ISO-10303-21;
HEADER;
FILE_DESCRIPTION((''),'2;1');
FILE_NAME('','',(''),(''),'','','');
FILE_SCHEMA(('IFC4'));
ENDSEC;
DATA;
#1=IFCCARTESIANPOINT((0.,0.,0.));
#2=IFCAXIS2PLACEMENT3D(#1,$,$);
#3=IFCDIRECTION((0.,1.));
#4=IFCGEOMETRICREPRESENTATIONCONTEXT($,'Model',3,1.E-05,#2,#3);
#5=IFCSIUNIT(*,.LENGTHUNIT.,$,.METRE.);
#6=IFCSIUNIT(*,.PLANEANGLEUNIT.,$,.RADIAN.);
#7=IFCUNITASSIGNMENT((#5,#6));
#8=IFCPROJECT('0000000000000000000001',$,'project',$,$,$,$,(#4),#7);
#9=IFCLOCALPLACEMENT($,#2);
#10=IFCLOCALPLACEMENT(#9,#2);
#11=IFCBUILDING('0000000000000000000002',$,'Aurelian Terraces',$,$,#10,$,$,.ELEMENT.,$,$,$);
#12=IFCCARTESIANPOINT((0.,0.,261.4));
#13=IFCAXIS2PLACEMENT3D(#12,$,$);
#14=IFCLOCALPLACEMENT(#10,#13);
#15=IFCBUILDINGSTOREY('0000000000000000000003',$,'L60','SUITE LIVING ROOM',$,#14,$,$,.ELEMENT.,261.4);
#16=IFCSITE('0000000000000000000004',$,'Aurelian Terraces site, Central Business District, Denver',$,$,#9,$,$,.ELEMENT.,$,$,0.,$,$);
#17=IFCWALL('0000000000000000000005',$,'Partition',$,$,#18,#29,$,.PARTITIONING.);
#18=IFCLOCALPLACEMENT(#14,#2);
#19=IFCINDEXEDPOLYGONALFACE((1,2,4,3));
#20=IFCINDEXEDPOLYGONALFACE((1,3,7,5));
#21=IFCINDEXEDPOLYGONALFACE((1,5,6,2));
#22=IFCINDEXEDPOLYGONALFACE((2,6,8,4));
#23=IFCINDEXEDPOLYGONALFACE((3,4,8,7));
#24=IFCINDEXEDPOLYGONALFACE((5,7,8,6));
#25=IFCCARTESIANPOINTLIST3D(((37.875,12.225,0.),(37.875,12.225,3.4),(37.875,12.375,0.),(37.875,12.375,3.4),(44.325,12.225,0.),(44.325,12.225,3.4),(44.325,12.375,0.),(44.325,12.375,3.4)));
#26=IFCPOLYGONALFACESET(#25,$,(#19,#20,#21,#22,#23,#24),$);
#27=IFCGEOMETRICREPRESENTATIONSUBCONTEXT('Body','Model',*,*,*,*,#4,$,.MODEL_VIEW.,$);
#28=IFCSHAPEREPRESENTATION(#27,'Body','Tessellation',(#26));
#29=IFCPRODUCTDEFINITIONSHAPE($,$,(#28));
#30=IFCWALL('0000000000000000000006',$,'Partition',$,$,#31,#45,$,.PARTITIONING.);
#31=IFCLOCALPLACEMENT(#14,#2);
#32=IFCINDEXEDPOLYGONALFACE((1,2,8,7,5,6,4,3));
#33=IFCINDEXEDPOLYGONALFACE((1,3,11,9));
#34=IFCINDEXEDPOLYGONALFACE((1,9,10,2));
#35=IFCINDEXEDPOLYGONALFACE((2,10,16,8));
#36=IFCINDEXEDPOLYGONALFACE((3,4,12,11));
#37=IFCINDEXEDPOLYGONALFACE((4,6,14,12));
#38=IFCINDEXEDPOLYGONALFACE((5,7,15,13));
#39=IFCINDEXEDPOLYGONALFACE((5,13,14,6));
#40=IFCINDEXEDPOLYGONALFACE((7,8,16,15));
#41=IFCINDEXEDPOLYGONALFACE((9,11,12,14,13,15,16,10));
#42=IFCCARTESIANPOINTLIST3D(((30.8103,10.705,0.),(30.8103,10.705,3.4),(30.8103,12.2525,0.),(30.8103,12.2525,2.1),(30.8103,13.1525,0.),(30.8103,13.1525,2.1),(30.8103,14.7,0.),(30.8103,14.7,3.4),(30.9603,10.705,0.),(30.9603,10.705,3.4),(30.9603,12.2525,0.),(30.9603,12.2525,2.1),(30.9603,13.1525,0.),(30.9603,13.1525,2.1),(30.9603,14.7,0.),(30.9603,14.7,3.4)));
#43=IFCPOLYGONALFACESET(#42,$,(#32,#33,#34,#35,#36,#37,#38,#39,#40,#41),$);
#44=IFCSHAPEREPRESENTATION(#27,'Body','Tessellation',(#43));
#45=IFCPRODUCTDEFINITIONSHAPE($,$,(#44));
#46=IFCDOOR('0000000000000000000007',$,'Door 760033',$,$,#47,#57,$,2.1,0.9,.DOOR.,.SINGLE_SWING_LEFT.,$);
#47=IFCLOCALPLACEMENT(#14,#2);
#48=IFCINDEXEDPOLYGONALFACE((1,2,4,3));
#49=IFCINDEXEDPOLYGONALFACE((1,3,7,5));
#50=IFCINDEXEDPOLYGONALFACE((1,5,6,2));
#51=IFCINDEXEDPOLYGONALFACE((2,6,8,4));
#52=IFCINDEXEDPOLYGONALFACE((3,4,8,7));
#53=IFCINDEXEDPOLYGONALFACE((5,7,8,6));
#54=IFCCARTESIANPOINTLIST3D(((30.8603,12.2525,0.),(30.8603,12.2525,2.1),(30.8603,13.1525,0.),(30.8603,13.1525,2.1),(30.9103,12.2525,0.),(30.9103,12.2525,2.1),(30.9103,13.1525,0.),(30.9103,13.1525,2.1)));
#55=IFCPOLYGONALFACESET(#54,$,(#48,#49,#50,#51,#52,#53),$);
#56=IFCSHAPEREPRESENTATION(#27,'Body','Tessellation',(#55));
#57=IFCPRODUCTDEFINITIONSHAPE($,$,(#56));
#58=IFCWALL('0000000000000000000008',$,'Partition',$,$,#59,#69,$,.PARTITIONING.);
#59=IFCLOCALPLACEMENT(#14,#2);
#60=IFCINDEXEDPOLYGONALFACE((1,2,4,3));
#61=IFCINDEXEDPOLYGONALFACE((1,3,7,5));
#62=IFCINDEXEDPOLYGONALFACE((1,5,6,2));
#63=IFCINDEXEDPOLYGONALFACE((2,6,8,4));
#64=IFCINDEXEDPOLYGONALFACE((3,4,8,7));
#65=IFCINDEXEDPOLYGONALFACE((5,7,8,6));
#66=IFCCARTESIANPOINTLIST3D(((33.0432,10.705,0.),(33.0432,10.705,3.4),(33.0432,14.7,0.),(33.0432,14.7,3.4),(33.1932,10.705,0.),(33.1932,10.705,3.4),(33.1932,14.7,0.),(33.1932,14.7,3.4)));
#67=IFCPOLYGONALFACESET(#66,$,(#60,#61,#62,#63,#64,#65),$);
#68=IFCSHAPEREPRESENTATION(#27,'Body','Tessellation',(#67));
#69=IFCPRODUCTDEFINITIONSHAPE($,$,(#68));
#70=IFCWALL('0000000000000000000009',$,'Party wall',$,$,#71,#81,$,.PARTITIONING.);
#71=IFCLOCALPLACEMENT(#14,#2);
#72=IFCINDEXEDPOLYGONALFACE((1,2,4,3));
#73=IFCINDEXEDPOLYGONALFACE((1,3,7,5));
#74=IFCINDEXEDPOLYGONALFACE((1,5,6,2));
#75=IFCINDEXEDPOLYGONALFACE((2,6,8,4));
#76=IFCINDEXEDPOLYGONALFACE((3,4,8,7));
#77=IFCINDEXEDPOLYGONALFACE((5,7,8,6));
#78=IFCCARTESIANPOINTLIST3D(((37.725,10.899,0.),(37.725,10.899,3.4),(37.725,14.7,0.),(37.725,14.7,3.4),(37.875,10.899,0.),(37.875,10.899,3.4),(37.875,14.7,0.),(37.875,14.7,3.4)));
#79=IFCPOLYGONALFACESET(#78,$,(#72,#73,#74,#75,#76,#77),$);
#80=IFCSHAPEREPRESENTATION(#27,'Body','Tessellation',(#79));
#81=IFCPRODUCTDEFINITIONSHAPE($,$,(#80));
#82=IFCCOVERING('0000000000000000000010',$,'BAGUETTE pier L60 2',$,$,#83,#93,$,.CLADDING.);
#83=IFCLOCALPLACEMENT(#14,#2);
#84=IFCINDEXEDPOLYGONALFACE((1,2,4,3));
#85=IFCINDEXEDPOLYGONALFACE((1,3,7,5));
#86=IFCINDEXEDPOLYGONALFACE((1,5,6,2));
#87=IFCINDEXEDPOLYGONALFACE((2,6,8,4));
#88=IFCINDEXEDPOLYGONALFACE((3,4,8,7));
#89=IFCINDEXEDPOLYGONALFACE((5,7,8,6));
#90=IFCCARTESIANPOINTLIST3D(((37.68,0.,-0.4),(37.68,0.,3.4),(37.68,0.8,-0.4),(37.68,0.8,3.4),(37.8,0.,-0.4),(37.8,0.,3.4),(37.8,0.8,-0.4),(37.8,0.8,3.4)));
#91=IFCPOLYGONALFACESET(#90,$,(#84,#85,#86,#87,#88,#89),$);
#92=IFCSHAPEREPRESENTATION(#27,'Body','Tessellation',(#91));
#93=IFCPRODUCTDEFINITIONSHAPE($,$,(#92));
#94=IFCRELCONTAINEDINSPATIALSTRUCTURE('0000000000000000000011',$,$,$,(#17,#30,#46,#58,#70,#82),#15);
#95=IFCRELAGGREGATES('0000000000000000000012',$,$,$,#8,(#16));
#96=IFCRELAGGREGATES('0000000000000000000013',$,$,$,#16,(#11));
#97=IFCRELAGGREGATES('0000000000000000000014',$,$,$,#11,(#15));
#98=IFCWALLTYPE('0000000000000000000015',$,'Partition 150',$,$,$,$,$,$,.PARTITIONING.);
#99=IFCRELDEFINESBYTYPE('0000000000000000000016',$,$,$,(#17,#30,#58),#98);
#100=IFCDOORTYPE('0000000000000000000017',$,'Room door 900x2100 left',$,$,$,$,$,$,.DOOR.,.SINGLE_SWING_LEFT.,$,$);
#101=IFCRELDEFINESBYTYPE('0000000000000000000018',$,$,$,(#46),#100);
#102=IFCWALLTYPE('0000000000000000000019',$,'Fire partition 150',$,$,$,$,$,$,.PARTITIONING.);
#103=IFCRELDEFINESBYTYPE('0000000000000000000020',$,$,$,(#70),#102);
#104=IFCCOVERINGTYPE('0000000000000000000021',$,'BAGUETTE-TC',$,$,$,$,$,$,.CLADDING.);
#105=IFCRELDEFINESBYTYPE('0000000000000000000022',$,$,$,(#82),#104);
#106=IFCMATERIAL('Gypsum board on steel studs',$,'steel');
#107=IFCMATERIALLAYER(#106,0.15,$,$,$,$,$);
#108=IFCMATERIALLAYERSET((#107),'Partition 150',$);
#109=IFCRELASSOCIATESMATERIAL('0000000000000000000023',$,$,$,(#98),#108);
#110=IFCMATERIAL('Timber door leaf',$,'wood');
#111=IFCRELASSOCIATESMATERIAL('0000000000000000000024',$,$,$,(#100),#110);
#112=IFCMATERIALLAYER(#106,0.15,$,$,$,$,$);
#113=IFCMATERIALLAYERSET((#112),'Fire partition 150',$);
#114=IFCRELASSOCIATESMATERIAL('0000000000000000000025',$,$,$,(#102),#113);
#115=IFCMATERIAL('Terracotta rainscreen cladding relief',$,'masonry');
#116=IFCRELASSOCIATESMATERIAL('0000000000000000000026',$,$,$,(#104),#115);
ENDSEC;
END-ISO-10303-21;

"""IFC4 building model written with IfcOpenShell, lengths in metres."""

from ifc_helpers import new_model, si_unit, direction, frame, frame_2d, origin, origin_2d, place, context, subcontext, project, spatial, rectangle, extrude, source, transform, mapped, material, layer, layer_set, type_object, element, fill, save


model = new_model("IFC4")

# Units and contexts
model_context = context("Model", 3, precision=1e-05, world=origin(), true_north=direction((0.0, 1.0)))
body_context = subcontext(model_context, "Body", "Model", "MODEL_VIEW")
ifc_project = project(units=[si_unit("LENGTHUNIT", "METRE"), si_unit("PLANEANGLEUNIT", "RADIAN")], contexts=[model_context])

# Site, building, storey
site_placement = place(None, origin())
site = spatial("IfcSite", under=ifc_project, at=site_placement, Name="Aurelian Terraces site, Central Business District, Denver", CompositionType="ELEMENT", RefElevation=0.0)
building_placement = place(site_placement, origin())
building = spatial("IfcBuilding", under=site, at=building_placement, Name="Aurelian Terraces", CompositionType="ELEMENT")
storey_placement = place(building_placement, frame((0.0, 0.0, 261.4)))
storey = spatial("IfcBuildingStorey", under=building, at=storey_placement, Name="L60", Description="SUITE LIVING ROOM", CompositionType="ELEMENT", Elevation=261.4)

# Shared definitions
ifc_material_1 = material(Name="Gypsum board on steel studs", Category="steel")
shared_shape_1 = source(origin(), body_context, "Body", "SweptSolid", [
    extrude(rectangle(XDim=0.9, YDim=2.1, at=frame_2d((0.45, 1.05))), frame((0.0, 0.025, 0.0), z_axis=(0.0, -1.0, 0.0), x_axis=(1.0, 0.0, 0.0)), (0.0, 0.0, 1.0), 0.05),
])

# Wall
ifc_layer_1 = layer(ifc_material_1, 0.15)
ifc_layer_set_1 = layer_set([ifc_layer_1], Name="Partition 150")
wall_type_1 = type_object("IfcWallType", Name="Partition 150", PredefinedType="PARTITIONING", material=ifc_layer_set_1)
shared_shape_2 = source(origin(), body_context, "Body", "SweptSolid", [
    extrude(rectangle(XDim=6.45, YDim=0.15, at=frame_2d((3.225, 0.0))), origin(), (0.0, 0.0, 1.0), 3.4),
])
wall_1_placement = place(storey_placement, frame((37.875, 12.3, 0.0), z_axis=(0.0, 0.0, 1.0), x_axis=(1.0, 0.0, 0.0)))
element("IfcWall", 1, at=wall_1_placement, inside=storey, type_object=wall_type_1, Name="Partition", PredefinedType="PARTITIONING", context=body_context, shape_type="MappedRepresentation", body=[
    mapped(shared_shape_2, transform((0.0, 0.0, 0.0), scale=1.0)),
])

# Wall, opening, door
shared_shape_3 = source(origin(), body_context, "Body", "SweptSolid", [
    extrude(rectangle(XDim=3.995, YDim=0.15, at=frame_2d((1.9975, 0.0))), origin(), (0.0, 0.0, 1.0), 3.4),
])
wall_2_placement = place(storey_placement, frame((30.8853, 10.705, 0.0), z_axis=(0.0, 0.0, 1.0), x_axis=(0.0, 1.0, 0.0)))
wall_2 = element("IfcWall", 2, at=wall_2_placement, inside=storey, type_object=wall_type_1, Name="Partition", PredefinedType="PARTITIONING", context=body_context, shape_type="MappedRepresentation", body=[
    mapped(shared_shape_3, transform((0.0, 0.0, 0.0), scale=1.0)),
])
shared_shape_4 = source(origin(), body_context, "Body", "SweptSolid", [
    extrude(rectangle(XDim=0.9, YDim=2.1, at=frame_2d((0.45, 1.05))), frame((0.0, 0.085, 0.0), z_axis=(0.0, -1.0, 0.0), x_axis=(1.0, 0.0, 0.0)), (0.0, 0.0, 1.0), 0.17),
])
opening_1_placement = place(wall_2_placement, frame((1.5475, 0.0, 0.0)))
opening_1 = element("IfcOpeningElement", 3, at=opening_1_placement, cuts=wall_2, PredefinedType="OPENING", context=body_context, shape_type="MappedRepresentation", body=[
    mapped(shared_shape_4, transform((0.0, 0.0, 0.0), scale=1.0)),
])
ifc_material_2 = material(Name="Timber door leaf", Category="wood")
door_type_1 = type_object("IfcDoorType", Name="Room door 900x2100 left", OperationType="SINGLE_SWING_LEFT", PredefinedType="DOOR", material=ifc_material_2)
door_1_placement = place(opening_1_placement, origin())
door_1 = element("IfcDoor", 4, at=door_1_placement, inside=storey, type_object=door_type_1, Name="Door 760033", OperationType="SINGLE_SWING_LEFT", OverallHeight=2.1, OverallWidth=0.9, PredefinedType="DOOR", context=body_context, shape_type="MappedRepresentation", body=[
    mapped(shared_shape_1, transform((0.0, 0.0, 0.0), scale=1.0)),
])
fill(opening_1, door_1)

# Walls
wall_3_placement = place(storey_placement, frame((33.1182, 10.705, 0.0), z_axis=(0.0, 0.0, 1.0), x_axis=(0.0, 1.0, 0.0)))
element("IfcWall", 5, at=wall_3_placement, inside=storey, type_object=wall_type_1, Name="Partition", PredefinedType="PARTITIONING", context=body_context, shape_type="MappedRepresentation", body=[
    mapped(shared_shape_3, transform((0.0, 0.0, 0.0), scale=1.0)),
])
ifc_layer_2 = layer(ifc_material_1, 0.15)
ifc_layer_set_2 = layer_set([ifc_layer_2], Name="Fire partition 150")
wall_type_2 = type_object("IfcWallType", Name="Fire partition 150", PredefinedType="PARTITIONING", material=ifc_layer_set_2)
shared_shape_5 = source(origin(), body_context, "Body", "SweptSolid", [
    extrude(rectangle(XDim=3.801, YDim=0.15, at=frame_2d((1.9005, 0.0))), origin(), (0.0, 0.0, 1.0), 3.4),
])
wall_4_placement = place(storey_placement, frame((37.8, 10.899, 0.0), z_axis=(0.0, 0.0, 1.0), x_axis=(0.0, 1.0, 0.0)))
element("IfcWall", 6, at=wall_4_placement, inside=storey, type_object=wall_type_2, Name="Party wall", PredefinedType="PARTITIONING", context=body_context, shape_type="MappedRepresentation", body=[
    mapped(shared_shape_5, transform((0.0, 0.0, 0.0), scale=1.0)),
])

# Covering
ifc_material_3 = material(Name="Terracotta rainscreen cladding relief", Category="masonry")
covering_type = type_object("IfcCoveringType", Name="BAGUETTE-TC", PredefinedType="CLADDING", material=ifc_material_3)
shared_shape_6 = source(origin(), body_context, "Body", "SweptSolid", [
    extrude(rectangle(XDim=0.12, YDim=0.8, at=origin_2d()), origin(), (0.0, 0.0, 1.0), 3.8),
])
covering_placement = place(storey_placement, frame((37.74, 0.4, -0.4), z_axis=(0.0, 0.0, 1.0), x_axis=(1.0, 0.0, 0.0)))
element("IfcCovering", 7, at=covering_placement, inside=storey, type_object=covering_type, Name="BAGUETTE pier L60 2", PredefinedType="CLADDING", context=body_context, shape_type="MappedRepresentation", body=[
    mapped(shared_shape_6, transform((0.0, 0.0, 0.0), scale=1.0)),
])

save(model, "model.ifc")
